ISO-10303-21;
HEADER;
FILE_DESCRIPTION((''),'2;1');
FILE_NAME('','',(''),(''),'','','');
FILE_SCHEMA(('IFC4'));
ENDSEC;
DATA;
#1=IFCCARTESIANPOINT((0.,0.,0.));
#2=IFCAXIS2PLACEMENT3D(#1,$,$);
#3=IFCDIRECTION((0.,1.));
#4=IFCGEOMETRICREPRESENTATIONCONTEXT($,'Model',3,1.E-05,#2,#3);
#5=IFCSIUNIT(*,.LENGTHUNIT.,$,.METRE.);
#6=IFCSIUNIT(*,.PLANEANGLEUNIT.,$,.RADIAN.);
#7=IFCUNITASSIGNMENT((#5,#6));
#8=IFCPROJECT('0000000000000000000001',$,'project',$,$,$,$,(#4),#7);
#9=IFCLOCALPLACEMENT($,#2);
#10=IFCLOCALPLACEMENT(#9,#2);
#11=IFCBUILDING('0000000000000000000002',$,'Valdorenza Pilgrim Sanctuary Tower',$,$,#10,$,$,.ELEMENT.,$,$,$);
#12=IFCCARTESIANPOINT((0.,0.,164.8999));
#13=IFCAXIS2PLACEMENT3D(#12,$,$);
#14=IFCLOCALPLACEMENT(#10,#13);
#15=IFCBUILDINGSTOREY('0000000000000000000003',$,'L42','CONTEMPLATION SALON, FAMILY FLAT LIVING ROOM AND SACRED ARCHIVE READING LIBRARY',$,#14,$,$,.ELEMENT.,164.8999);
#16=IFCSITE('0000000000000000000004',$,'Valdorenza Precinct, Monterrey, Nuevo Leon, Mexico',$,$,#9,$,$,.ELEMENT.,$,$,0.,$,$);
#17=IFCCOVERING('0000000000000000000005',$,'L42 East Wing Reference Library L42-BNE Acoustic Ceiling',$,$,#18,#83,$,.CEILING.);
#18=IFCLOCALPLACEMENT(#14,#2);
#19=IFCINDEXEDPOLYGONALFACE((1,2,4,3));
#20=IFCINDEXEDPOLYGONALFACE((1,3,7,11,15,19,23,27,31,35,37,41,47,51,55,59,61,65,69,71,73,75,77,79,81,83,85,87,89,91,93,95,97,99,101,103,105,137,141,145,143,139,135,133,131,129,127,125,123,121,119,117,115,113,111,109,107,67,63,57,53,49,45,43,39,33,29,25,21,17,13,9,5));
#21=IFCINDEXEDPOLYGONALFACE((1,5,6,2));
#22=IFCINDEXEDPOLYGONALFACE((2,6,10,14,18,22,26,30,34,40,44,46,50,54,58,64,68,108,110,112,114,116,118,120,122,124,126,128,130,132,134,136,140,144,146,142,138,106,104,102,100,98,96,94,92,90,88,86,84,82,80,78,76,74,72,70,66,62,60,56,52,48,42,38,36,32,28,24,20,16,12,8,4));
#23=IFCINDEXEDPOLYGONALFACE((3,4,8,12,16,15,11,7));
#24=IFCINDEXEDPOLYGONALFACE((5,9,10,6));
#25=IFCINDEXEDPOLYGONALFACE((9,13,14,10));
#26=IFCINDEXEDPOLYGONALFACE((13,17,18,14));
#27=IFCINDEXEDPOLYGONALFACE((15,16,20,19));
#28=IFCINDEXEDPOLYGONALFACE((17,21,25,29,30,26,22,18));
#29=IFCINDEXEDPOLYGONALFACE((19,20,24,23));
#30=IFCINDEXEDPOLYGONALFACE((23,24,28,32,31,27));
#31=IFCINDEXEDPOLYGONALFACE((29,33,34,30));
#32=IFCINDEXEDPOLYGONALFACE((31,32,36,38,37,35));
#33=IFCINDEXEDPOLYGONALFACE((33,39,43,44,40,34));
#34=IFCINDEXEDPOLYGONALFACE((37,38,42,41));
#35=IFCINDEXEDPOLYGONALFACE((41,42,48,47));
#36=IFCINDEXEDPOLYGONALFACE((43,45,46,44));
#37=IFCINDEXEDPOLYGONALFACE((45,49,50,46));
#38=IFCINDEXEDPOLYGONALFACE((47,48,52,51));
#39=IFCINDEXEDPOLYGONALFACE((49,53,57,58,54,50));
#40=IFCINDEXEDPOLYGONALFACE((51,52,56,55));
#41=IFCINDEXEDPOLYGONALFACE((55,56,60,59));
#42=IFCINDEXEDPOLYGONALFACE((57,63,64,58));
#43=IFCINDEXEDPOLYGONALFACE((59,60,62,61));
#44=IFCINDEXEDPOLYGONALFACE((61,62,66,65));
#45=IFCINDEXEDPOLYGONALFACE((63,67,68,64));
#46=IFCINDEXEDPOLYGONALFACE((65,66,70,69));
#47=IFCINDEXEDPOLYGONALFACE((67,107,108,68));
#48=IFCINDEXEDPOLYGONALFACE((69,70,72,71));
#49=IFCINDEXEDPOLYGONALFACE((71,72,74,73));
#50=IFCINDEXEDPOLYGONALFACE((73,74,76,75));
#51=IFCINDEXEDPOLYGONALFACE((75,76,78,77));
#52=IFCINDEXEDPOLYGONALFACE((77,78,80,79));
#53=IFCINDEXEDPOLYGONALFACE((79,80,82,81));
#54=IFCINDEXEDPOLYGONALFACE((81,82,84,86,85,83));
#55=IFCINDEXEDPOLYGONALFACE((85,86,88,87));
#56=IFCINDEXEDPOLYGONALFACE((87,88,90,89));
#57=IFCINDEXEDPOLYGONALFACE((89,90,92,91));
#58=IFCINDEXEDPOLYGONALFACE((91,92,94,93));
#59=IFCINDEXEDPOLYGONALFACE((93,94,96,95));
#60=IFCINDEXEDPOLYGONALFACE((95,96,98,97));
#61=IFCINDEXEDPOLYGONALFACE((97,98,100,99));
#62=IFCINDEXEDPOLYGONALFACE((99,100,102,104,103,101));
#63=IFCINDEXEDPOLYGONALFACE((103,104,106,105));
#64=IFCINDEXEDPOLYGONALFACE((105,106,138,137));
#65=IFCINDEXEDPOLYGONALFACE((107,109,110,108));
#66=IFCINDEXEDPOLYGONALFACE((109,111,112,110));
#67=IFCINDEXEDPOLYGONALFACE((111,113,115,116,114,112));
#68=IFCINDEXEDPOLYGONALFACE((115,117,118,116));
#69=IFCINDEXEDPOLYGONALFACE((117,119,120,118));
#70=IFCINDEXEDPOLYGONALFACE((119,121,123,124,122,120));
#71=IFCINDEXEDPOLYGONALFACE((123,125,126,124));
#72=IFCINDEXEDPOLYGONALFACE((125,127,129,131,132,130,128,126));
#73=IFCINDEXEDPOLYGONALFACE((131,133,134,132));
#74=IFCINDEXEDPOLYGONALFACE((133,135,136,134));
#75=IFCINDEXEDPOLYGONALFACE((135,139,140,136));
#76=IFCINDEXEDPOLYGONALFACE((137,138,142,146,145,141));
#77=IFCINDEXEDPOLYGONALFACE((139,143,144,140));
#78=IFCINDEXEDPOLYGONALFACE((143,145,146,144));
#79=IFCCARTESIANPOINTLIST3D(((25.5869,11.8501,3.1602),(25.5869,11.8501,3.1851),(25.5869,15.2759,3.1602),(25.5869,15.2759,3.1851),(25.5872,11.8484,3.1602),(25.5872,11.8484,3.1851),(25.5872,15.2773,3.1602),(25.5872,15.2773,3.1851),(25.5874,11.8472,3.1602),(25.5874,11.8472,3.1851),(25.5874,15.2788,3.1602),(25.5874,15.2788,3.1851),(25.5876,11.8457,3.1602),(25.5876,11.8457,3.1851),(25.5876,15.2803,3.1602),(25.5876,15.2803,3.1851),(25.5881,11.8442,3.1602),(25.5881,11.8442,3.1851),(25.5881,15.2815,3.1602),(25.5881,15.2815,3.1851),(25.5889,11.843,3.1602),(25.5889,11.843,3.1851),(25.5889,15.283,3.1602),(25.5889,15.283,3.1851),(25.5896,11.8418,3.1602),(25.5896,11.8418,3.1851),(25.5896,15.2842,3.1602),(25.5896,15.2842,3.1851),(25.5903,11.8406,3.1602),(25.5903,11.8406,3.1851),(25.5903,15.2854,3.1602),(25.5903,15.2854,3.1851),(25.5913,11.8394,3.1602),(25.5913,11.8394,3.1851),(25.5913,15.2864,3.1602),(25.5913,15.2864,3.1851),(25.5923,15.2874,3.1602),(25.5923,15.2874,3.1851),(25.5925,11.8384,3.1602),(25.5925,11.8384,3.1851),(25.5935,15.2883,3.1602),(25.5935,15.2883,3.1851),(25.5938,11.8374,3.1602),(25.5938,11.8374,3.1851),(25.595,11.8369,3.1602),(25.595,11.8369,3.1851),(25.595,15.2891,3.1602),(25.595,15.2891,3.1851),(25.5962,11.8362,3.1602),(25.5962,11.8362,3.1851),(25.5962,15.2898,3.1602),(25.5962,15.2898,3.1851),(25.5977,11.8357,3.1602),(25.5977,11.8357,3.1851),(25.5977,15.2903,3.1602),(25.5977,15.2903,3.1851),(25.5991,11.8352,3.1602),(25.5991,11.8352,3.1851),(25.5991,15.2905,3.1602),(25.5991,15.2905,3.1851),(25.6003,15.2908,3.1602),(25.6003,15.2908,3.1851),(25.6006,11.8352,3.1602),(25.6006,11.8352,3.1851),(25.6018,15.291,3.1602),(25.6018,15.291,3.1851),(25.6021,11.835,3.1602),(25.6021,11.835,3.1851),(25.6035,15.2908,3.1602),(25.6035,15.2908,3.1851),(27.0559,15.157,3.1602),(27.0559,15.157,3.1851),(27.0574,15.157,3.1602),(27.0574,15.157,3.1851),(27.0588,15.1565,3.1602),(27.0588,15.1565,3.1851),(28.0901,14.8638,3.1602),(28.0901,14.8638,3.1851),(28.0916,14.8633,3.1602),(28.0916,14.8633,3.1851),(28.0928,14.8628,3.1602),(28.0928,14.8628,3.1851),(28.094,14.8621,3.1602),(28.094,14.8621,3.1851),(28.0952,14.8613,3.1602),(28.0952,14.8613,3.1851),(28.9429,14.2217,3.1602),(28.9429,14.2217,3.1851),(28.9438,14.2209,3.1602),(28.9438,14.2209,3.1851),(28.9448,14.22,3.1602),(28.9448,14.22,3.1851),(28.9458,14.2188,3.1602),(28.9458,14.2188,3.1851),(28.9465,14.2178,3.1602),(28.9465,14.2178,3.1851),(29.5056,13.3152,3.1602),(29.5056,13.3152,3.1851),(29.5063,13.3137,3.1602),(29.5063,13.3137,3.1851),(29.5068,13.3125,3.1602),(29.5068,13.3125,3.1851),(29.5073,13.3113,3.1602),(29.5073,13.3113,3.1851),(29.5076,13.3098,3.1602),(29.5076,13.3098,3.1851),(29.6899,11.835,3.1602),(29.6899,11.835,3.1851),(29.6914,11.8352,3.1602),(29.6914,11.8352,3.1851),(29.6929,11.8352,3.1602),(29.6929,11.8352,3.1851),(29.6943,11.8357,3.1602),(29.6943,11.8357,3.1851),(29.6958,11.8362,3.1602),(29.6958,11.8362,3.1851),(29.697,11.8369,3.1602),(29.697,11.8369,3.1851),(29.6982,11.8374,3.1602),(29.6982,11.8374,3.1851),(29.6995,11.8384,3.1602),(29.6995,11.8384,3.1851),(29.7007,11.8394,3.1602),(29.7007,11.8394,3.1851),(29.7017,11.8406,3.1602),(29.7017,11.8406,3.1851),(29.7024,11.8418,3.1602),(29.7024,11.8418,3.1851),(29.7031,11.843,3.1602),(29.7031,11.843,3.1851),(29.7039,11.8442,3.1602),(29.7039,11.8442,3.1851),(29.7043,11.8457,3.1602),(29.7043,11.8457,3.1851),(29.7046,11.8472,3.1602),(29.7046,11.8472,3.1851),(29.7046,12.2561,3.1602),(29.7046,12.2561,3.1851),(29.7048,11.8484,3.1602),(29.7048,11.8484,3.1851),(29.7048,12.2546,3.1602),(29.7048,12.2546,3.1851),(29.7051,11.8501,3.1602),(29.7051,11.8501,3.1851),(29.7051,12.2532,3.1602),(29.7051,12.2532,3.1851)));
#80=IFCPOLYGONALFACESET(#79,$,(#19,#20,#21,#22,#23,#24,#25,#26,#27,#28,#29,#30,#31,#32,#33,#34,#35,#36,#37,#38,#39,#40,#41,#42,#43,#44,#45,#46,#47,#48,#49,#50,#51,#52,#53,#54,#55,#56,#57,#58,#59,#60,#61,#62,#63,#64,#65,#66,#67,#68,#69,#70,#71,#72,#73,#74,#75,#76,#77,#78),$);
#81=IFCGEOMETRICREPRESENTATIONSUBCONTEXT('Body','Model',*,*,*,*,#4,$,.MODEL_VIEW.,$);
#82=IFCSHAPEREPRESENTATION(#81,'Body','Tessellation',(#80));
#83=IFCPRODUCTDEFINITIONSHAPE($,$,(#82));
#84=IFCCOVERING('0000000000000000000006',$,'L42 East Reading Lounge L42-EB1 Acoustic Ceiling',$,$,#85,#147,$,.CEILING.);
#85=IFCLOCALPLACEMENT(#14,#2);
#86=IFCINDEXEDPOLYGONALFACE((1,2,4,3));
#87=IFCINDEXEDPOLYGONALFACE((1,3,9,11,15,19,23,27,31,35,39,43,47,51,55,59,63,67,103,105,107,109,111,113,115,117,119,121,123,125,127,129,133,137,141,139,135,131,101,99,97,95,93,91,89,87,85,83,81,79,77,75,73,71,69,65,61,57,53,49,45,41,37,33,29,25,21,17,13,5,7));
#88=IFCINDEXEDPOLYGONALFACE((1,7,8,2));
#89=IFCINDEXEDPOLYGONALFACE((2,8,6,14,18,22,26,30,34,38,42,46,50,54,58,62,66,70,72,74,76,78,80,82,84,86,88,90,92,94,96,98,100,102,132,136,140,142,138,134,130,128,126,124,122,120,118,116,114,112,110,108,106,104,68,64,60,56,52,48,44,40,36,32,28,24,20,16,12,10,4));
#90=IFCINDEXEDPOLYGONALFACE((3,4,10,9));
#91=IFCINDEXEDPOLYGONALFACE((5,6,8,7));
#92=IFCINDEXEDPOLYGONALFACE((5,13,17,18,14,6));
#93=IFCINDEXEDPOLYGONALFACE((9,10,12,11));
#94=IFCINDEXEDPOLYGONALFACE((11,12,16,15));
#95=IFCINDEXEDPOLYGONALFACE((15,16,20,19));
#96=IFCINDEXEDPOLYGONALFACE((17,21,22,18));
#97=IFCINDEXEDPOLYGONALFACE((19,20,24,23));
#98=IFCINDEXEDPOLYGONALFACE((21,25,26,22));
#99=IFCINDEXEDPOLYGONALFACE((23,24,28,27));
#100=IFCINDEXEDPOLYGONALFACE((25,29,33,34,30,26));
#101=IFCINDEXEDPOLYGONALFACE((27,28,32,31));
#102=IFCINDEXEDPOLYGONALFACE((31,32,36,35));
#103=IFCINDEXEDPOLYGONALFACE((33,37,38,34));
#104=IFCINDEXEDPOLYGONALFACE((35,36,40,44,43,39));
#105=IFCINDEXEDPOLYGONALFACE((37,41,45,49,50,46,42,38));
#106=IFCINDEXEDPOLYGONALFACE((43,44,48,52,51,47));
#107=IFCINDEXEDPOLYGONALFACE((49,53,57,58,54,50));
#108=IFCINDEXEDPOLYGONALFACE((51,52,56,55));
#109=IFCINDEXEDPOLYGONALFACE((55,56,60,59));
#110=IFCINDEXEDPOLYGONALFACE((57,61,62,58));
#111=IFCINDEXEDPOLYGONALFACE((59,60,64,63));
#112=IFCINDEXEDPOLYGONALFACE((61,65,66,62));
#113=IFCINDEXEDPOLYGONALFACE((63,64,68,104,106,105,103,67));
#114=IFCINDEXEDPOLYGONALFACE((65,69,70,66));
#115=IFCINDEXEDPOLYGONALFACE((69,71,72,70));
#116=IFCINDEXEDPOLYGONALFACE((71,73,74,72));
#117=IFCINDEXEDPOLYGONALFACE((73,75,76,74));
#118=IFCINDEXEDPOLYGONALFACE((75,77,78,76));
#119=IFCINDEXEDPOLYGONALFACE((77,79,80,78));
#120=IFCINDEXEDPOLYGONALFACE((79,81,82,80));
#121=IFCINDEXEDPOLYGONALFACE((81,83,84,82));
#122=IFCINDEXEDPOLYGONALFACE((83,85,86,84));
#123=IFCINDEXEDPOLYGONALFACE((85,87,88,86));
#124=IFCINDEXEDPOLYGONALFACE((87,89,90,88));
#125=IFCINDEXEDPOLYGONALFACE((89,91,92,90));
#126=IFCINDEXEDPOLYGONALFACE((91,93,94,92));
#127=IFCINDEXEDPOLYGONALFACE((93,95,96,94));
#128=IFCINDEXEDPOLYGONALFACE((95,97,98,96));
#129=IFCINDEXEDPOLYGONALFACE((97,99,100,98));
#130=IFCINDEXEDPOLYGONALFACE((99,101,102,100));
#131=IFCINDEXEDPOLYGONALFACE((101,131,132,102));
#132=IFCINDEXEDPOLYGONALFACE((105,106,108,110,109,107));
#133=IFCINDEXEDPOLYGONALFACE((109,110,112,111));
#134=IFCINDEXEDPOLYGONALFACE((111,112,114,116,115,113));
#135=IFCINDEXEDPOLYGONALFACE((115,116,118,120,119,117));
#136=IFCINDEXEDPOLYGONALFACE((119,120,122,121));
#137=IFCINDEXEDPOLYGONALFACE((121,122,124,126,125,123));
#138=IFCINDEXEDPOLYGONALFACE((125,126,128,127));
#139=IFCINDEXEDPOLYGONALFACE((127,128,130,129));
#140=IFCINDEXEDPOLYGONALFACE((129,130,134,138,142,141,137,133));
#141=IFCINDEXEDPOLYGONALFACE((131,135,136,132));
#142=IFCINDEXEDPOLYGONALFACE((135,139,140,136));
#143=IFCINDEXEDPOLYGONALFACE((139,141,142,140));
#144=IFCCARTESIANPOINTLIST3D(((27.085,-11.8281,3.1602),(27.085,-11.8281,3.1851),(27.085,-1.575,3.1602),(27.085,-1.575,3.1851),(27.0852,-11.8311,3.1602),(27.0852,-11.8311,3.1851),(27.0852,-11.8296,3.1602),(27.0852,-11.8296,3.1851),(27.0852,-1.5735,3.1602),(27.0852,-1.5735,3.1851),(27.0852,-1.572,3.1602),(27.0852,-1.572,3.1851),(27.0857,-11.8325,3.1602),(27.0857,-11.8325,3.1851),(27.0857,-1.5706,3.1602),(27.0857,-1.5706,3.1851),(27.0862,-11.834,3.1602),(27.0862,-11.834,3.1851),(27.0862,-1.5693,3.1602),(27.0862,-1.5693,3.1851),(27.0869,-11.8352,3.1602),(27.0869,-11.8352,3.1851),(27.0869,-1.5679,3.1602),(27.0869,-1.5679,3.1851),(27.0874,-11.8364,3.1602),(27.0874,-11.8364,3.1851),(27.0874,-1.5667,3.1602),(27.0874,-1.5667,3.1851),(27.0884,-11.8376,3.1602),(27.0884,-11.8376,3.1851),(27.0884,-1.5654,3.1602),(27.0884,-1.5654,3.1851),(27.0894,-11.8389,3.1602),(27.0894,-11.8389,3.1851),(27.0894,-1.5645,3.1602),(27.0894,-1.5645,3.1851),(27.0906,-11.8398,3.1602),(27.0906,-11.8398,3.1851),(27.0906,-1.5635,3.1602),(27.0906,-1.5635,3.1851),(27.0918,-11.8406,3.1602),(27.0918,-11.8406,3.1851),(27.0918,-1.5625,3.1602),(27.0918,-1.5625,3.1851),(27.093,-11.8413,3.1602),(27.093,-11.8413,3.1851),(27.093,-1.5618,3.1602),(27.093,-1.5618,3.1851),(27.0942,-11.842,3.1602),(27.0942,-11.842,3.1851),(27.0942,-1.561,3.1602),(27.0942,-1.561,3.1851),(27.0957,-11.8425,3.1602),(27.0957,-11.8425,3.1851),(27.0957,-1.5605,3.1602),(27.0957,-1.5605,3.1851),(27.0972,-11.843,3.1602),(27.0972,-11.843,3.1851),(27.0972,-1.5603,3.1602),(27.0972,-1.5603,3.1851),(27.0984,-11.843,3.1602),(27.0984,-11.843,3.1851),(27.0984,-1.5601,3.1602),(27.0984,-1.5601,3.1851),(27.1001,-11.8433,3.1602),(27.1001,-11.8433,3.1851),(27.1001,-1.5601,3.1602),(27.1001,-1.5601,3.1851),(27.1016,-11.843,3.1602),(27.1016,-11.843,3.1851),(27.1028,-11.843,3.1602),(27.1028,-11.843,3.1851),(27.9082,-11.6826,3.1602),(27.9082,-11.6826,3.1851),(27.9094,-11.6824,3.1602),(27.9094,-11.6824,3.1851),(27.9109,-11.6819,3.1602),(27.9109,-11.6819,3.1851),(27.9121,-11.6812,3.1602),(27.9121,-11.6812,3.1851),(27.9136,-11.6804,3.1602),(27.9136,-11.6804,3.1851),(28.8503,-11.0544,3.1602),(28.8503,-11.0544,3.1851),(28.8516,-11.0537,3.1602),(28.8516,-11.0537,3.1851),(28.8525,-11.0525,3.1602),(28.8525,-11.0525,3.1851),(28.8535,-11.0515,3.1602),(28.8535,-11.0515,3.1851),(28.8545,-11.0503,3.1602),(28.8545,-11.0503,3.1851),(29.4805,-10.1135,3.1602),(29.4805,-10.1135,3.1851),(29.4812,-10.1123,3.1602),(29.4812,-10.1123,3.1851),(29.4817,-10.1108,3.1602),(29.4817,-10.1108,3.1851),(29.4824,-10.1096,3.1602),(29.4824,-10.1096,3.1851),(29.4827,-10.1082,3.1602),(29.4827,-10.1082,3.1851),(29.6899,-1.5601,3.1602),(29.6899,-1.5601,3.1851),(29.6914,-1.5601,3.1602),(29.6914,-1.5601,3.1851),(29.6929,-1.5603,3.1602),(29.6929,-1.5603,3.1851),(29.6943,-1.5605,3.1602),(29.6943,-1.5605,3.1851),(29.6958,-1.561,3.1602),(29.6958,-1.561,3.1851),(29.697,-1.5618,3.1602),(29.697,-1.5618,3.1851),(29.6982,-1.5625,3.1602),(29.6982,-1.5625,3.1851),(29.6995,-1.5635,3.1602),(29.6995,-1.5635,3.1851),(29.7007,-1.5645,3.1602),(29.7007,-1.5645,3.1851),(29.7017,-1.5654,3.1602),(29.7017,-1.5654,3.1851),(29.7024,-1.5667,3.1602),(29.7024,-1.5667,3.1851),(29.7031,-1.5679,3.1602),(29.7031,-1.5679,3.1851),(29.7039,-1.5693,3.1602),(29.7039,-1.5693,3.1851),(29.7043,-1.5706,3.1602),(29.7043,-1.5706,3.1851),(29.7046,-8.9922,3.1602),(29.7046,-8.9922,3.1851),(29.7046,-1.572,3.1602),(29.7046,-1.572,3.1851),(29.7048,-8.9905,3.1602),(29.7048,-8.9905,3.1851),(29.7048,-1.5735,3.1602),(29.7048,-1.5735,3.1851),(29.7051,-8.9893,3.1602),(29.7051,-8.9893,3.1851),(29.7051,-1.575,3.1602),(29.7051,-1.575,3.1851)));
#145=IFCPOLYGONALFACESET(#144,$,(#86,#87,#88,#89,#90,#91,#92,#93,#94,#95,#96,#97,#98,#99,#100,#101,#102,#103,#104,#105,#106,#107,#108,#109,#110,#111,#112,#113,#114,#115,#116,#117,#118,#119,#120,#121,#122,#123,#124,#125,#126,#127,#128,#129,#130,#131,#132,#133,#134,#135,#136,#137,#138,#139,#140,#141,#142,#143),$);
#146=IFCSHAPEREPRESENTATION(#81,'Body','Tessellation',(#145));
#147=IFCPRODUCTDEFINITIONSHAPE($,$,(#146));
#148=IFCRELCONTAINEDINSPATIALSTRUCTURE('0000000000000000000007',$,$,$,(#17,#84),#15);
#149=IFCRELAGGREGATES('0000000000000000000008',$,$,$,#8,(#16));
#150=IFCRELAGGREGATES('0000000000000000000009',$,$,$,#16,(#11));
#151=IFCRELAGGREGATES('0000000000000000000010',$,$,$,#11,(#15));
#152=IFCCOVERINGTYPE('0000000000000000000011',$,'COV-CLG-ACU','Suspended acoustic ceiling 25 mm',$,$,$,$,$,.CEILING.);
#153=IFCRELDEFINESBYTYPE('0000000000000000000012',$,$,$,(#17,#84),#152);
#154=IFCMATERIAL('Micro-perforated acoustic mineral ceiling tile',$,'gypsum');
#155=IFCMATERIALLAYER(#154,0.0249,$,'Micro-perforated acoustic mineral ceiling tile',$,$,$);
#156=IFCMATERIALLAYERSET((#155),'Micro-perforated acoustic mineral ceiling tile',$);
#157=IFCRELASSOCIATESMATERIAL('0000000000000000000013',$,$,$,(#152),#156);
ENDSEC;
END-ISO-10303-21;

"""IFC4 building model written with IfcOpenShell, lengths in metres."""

from ifc_helpers import new_model, si_unit, direction, frame, origin, place, context, subcontext, project, spatial, polyline, outline, extrude, material, layer, layer_set, type_object, element, save


model = new_model("IFC4")

# Units and contexts
model_context = context("Model", 3, precision=1e-05, world=origin(), true_north=direction((0.0, 1.0)))
body_context = subcontext(model_context, "Body", "Model", "MODEL_VIEW")
ifc_project = project(units=[si_unit("LENGTHUNIT", "METRE"), si_unit("PLANEANGLEUNIT", "RADIAN")], contexts=[model_context])

# Site, building, storey
site_placement = place(None, origin())
site = spatial("IfcSite", under=ifc_project, at=site_placement, Name="Valdorenza Precinct, Monterrey, Nuevo Leon, Mexico", CompositionType="ELEMENT", RefElevation=0.0)
building_placement = place(site_placement, origin())
building = spatial("IfcBuilding", under=site, at=building_placement, Name="Valdorenza Pilgrim Sanctuary Tower", CompositionType="ELEMENT")
storey_placement = place(building_placement, frame((0.0, 0.0, 164.8999)))
storey = spatial("IfcBuildingStorey", under=building, at=storey_placement, Name="L42", Description="CONTEMPLATION SALON, FAMILY FLAT LIVING ROOM AND SACRED ARCHIVE READING LIBRARY", CompositionType="ELEMENT", Elevation=164.8999)

# Coverings
ifc_material_1 = material(Name="Micro-perforated acoustic mineral ceiling tile", Category="gypsum")
ifc_layer_1 = layer(ifc_material_1, 0.0249, Name="Micro-perforated acoustic mineral ceiling tile")
ifc_layer_set_1 = layer_set([ifc_layer_1], Name="Micro-perforated acoustic mineral ceiling tile")
covering_type_1 = type_object("IfcCoveringType", Name="COV-CLG-ACU", Description="Suspended acoustic ceiling 25 mm", PredefinedType="CEILING", material=ifc_layer_set_1)
covering_1_placement = place(storey_placement, frame((0.0, 0.0, 3.1602)))
element("IfcCovering", 1, at=covering_1_placement, inside=storey, type_object=covering_type_1, Name="L42 East Wing Reference Library L42-BNE Acoustic Ceiling", PredefinedType="CEILING", context=body_context, shape_type="SweptSolid", body=[
    extrude(outline(polyline([(27.0559, 15.157), (27.0574, 15.157), (27.0588, 15.1565), (28.0901, 14.8638), (28.0916, 14.8633), (28.0928, 14.8628), (28.094, 14.8621), (28.0952, 14.8613), (28.9429, 14.2217), (28.9438, 14.2209), (28.9448, 14.22), (28.9458, 14.2188), (28.9465, 14.2178), (29.5056, 13.3152), (29.5063, 13.3137), (29.5068, 13.3125), (29.5073, 13.3113), (29.5076, 13.3098), (29.7046, 12.2561), (29.7048, 12.2546), (29.7051, 12.2532), (29.7051, 11.8501), (29.7048, 11.8484), (29.7046, 11.8472), (29.7043, 11.8457), (29.7039, 11.8442), (29.7031, 11.843), (29.7024, 11.8418), (29.7017, 11.8406), (29.7007, 11.8394), (29.6995, 11.8384), (29.6982, 11.8374), (29.697, 11.8369), (29.6958, 11.8362), (29.6943, 11.8357), (29.6929, 11.8352), (29.6914, 11.8352), (29.6899, 11.835), (25.6021, 11.835), (25.6006, 11.8352), (25.5991, 11.8352), (25.5977, 11.8357), (25.5962, 11.8362), (25.595, 11.8369), (25.5938, 11.8374), (25.5925, 11.8384), (25.5913, 11.8394), (25.5903, 11.8406), (25.5896, 11.8418), (25.5889, 11.843), (25.5881, 11.8442), (25.5876, 11.8457), (25.5874, 11.8472), (25.5872, 11.8484), (25.5869, 11.8501), (25.5869, 15.2759), (25.5872, 15.2773), (25.5874, 15.2788), (25.5876, 15.2803), (25.5881, 15.2815), (25.5889, 15.283), (25.5896, 15.2842), (25.5903, 15.2854), (25.5913, 15.2864), (25.5923, 15.2874), (25.5935, 15.2883), (25.595, 15.2891), (25.5962, 15.2898), (25.5977, 15.2903), (25.5991, 15.2905), (25.6003, 15.2908), (25.6018, 15.291), (25.6035, 15.2908), (27.0559, 15.157)])), origin(), (0.0, 0.0, 1.0), 0.0249),
])
covering_2_placement = place(storey_placement, frame((0.0, 0.0, 3.1602)))
element("IfcCovering", 2, at=covering_2_placement, inside=storey, type_object=covering_type_1, Name="L42 East Reading Lounge L42-EB1 Acoustic Ceiling", PredefinedType="CEILING", context=body_context, shape_type="SweptSolid", body=[
    extrude(outline(polyline([(29.6899, -1.5601), (29.6914, -1.5601), (29.6929, -1.5603), (29.6943, -1.5605), (29.6958, -1.561), (29.697, -1.5618), (29.6982, -1.5625), (29.6995, -1.5635), (29.7007, -1.5645), (29.7017, -1.5654), (29.7024, -1.5667), (29.7031, -1.5679), (29.7039, -1.5693), (29.7043, -1.5706), (29.7046, -1.572), (29.7048, -1.5735), (29.7051, -1.575), (29.7051, -8.9893), (29.7048, -8.9905), (29.7046, -8.9922), (29.4827, -10.1082), (29.4824, -10.1096), (29.4817, -10.1108), (29.4812, -10.1123), (29.4805, -10.1135), (28.8545, -11.0503), (28.8535, -11.0515), (28.8525, -11.0525), (28.8516, -11.0537), (28.8503, -11.0544), (27.9136, -11.6804), (27.9121, -11.6812), (27.9109, -11.6819), (27.9094, -11.6824), (27.9082, -11.6826), (27.1028, -11.843), (27.1016, -11.843), (27.1001, -11.8433), (27.0984, -11.843), (27.0972, -11.843), (27.0957, -11.8425), (27.0942, -11.842), (27.093, -11.8413), (27.0918, -11.8406), (27.0906, -11.8398), (27.0894, -11.8389), (27.0884, -11.8376), (27.0874, -11.8364), (27.0869, -11.8352), (27.0862, -11.834), (27.0857, -11.8325), (27.0852, -11.8311), (27.0852, -11.8296), (27.085, -11.8281), (27.085, -1.575), (27.0852, -1.5735), (27.0852, -1.572), (27.0857, -1.5706), (27.0862, -1.5693), (27.0869, -1.5679), (27.0874, -1.5667), (27.0884, -1.5654), (27.0894, -1.5645), (27.0906, -1.5635), (27.0918, -1.5625), (27.093, -1.5618), (27.0942, -1.561), (27.0957, -1.5605), (27.0972, -1.5603), (27.0984, -1.5601), (27.1001, -1.5601), (29.6899, -1.5601)])), origin(), (0.0, 0.0, 1.0), 0.0249),
])

save(model, "model.ifc")
